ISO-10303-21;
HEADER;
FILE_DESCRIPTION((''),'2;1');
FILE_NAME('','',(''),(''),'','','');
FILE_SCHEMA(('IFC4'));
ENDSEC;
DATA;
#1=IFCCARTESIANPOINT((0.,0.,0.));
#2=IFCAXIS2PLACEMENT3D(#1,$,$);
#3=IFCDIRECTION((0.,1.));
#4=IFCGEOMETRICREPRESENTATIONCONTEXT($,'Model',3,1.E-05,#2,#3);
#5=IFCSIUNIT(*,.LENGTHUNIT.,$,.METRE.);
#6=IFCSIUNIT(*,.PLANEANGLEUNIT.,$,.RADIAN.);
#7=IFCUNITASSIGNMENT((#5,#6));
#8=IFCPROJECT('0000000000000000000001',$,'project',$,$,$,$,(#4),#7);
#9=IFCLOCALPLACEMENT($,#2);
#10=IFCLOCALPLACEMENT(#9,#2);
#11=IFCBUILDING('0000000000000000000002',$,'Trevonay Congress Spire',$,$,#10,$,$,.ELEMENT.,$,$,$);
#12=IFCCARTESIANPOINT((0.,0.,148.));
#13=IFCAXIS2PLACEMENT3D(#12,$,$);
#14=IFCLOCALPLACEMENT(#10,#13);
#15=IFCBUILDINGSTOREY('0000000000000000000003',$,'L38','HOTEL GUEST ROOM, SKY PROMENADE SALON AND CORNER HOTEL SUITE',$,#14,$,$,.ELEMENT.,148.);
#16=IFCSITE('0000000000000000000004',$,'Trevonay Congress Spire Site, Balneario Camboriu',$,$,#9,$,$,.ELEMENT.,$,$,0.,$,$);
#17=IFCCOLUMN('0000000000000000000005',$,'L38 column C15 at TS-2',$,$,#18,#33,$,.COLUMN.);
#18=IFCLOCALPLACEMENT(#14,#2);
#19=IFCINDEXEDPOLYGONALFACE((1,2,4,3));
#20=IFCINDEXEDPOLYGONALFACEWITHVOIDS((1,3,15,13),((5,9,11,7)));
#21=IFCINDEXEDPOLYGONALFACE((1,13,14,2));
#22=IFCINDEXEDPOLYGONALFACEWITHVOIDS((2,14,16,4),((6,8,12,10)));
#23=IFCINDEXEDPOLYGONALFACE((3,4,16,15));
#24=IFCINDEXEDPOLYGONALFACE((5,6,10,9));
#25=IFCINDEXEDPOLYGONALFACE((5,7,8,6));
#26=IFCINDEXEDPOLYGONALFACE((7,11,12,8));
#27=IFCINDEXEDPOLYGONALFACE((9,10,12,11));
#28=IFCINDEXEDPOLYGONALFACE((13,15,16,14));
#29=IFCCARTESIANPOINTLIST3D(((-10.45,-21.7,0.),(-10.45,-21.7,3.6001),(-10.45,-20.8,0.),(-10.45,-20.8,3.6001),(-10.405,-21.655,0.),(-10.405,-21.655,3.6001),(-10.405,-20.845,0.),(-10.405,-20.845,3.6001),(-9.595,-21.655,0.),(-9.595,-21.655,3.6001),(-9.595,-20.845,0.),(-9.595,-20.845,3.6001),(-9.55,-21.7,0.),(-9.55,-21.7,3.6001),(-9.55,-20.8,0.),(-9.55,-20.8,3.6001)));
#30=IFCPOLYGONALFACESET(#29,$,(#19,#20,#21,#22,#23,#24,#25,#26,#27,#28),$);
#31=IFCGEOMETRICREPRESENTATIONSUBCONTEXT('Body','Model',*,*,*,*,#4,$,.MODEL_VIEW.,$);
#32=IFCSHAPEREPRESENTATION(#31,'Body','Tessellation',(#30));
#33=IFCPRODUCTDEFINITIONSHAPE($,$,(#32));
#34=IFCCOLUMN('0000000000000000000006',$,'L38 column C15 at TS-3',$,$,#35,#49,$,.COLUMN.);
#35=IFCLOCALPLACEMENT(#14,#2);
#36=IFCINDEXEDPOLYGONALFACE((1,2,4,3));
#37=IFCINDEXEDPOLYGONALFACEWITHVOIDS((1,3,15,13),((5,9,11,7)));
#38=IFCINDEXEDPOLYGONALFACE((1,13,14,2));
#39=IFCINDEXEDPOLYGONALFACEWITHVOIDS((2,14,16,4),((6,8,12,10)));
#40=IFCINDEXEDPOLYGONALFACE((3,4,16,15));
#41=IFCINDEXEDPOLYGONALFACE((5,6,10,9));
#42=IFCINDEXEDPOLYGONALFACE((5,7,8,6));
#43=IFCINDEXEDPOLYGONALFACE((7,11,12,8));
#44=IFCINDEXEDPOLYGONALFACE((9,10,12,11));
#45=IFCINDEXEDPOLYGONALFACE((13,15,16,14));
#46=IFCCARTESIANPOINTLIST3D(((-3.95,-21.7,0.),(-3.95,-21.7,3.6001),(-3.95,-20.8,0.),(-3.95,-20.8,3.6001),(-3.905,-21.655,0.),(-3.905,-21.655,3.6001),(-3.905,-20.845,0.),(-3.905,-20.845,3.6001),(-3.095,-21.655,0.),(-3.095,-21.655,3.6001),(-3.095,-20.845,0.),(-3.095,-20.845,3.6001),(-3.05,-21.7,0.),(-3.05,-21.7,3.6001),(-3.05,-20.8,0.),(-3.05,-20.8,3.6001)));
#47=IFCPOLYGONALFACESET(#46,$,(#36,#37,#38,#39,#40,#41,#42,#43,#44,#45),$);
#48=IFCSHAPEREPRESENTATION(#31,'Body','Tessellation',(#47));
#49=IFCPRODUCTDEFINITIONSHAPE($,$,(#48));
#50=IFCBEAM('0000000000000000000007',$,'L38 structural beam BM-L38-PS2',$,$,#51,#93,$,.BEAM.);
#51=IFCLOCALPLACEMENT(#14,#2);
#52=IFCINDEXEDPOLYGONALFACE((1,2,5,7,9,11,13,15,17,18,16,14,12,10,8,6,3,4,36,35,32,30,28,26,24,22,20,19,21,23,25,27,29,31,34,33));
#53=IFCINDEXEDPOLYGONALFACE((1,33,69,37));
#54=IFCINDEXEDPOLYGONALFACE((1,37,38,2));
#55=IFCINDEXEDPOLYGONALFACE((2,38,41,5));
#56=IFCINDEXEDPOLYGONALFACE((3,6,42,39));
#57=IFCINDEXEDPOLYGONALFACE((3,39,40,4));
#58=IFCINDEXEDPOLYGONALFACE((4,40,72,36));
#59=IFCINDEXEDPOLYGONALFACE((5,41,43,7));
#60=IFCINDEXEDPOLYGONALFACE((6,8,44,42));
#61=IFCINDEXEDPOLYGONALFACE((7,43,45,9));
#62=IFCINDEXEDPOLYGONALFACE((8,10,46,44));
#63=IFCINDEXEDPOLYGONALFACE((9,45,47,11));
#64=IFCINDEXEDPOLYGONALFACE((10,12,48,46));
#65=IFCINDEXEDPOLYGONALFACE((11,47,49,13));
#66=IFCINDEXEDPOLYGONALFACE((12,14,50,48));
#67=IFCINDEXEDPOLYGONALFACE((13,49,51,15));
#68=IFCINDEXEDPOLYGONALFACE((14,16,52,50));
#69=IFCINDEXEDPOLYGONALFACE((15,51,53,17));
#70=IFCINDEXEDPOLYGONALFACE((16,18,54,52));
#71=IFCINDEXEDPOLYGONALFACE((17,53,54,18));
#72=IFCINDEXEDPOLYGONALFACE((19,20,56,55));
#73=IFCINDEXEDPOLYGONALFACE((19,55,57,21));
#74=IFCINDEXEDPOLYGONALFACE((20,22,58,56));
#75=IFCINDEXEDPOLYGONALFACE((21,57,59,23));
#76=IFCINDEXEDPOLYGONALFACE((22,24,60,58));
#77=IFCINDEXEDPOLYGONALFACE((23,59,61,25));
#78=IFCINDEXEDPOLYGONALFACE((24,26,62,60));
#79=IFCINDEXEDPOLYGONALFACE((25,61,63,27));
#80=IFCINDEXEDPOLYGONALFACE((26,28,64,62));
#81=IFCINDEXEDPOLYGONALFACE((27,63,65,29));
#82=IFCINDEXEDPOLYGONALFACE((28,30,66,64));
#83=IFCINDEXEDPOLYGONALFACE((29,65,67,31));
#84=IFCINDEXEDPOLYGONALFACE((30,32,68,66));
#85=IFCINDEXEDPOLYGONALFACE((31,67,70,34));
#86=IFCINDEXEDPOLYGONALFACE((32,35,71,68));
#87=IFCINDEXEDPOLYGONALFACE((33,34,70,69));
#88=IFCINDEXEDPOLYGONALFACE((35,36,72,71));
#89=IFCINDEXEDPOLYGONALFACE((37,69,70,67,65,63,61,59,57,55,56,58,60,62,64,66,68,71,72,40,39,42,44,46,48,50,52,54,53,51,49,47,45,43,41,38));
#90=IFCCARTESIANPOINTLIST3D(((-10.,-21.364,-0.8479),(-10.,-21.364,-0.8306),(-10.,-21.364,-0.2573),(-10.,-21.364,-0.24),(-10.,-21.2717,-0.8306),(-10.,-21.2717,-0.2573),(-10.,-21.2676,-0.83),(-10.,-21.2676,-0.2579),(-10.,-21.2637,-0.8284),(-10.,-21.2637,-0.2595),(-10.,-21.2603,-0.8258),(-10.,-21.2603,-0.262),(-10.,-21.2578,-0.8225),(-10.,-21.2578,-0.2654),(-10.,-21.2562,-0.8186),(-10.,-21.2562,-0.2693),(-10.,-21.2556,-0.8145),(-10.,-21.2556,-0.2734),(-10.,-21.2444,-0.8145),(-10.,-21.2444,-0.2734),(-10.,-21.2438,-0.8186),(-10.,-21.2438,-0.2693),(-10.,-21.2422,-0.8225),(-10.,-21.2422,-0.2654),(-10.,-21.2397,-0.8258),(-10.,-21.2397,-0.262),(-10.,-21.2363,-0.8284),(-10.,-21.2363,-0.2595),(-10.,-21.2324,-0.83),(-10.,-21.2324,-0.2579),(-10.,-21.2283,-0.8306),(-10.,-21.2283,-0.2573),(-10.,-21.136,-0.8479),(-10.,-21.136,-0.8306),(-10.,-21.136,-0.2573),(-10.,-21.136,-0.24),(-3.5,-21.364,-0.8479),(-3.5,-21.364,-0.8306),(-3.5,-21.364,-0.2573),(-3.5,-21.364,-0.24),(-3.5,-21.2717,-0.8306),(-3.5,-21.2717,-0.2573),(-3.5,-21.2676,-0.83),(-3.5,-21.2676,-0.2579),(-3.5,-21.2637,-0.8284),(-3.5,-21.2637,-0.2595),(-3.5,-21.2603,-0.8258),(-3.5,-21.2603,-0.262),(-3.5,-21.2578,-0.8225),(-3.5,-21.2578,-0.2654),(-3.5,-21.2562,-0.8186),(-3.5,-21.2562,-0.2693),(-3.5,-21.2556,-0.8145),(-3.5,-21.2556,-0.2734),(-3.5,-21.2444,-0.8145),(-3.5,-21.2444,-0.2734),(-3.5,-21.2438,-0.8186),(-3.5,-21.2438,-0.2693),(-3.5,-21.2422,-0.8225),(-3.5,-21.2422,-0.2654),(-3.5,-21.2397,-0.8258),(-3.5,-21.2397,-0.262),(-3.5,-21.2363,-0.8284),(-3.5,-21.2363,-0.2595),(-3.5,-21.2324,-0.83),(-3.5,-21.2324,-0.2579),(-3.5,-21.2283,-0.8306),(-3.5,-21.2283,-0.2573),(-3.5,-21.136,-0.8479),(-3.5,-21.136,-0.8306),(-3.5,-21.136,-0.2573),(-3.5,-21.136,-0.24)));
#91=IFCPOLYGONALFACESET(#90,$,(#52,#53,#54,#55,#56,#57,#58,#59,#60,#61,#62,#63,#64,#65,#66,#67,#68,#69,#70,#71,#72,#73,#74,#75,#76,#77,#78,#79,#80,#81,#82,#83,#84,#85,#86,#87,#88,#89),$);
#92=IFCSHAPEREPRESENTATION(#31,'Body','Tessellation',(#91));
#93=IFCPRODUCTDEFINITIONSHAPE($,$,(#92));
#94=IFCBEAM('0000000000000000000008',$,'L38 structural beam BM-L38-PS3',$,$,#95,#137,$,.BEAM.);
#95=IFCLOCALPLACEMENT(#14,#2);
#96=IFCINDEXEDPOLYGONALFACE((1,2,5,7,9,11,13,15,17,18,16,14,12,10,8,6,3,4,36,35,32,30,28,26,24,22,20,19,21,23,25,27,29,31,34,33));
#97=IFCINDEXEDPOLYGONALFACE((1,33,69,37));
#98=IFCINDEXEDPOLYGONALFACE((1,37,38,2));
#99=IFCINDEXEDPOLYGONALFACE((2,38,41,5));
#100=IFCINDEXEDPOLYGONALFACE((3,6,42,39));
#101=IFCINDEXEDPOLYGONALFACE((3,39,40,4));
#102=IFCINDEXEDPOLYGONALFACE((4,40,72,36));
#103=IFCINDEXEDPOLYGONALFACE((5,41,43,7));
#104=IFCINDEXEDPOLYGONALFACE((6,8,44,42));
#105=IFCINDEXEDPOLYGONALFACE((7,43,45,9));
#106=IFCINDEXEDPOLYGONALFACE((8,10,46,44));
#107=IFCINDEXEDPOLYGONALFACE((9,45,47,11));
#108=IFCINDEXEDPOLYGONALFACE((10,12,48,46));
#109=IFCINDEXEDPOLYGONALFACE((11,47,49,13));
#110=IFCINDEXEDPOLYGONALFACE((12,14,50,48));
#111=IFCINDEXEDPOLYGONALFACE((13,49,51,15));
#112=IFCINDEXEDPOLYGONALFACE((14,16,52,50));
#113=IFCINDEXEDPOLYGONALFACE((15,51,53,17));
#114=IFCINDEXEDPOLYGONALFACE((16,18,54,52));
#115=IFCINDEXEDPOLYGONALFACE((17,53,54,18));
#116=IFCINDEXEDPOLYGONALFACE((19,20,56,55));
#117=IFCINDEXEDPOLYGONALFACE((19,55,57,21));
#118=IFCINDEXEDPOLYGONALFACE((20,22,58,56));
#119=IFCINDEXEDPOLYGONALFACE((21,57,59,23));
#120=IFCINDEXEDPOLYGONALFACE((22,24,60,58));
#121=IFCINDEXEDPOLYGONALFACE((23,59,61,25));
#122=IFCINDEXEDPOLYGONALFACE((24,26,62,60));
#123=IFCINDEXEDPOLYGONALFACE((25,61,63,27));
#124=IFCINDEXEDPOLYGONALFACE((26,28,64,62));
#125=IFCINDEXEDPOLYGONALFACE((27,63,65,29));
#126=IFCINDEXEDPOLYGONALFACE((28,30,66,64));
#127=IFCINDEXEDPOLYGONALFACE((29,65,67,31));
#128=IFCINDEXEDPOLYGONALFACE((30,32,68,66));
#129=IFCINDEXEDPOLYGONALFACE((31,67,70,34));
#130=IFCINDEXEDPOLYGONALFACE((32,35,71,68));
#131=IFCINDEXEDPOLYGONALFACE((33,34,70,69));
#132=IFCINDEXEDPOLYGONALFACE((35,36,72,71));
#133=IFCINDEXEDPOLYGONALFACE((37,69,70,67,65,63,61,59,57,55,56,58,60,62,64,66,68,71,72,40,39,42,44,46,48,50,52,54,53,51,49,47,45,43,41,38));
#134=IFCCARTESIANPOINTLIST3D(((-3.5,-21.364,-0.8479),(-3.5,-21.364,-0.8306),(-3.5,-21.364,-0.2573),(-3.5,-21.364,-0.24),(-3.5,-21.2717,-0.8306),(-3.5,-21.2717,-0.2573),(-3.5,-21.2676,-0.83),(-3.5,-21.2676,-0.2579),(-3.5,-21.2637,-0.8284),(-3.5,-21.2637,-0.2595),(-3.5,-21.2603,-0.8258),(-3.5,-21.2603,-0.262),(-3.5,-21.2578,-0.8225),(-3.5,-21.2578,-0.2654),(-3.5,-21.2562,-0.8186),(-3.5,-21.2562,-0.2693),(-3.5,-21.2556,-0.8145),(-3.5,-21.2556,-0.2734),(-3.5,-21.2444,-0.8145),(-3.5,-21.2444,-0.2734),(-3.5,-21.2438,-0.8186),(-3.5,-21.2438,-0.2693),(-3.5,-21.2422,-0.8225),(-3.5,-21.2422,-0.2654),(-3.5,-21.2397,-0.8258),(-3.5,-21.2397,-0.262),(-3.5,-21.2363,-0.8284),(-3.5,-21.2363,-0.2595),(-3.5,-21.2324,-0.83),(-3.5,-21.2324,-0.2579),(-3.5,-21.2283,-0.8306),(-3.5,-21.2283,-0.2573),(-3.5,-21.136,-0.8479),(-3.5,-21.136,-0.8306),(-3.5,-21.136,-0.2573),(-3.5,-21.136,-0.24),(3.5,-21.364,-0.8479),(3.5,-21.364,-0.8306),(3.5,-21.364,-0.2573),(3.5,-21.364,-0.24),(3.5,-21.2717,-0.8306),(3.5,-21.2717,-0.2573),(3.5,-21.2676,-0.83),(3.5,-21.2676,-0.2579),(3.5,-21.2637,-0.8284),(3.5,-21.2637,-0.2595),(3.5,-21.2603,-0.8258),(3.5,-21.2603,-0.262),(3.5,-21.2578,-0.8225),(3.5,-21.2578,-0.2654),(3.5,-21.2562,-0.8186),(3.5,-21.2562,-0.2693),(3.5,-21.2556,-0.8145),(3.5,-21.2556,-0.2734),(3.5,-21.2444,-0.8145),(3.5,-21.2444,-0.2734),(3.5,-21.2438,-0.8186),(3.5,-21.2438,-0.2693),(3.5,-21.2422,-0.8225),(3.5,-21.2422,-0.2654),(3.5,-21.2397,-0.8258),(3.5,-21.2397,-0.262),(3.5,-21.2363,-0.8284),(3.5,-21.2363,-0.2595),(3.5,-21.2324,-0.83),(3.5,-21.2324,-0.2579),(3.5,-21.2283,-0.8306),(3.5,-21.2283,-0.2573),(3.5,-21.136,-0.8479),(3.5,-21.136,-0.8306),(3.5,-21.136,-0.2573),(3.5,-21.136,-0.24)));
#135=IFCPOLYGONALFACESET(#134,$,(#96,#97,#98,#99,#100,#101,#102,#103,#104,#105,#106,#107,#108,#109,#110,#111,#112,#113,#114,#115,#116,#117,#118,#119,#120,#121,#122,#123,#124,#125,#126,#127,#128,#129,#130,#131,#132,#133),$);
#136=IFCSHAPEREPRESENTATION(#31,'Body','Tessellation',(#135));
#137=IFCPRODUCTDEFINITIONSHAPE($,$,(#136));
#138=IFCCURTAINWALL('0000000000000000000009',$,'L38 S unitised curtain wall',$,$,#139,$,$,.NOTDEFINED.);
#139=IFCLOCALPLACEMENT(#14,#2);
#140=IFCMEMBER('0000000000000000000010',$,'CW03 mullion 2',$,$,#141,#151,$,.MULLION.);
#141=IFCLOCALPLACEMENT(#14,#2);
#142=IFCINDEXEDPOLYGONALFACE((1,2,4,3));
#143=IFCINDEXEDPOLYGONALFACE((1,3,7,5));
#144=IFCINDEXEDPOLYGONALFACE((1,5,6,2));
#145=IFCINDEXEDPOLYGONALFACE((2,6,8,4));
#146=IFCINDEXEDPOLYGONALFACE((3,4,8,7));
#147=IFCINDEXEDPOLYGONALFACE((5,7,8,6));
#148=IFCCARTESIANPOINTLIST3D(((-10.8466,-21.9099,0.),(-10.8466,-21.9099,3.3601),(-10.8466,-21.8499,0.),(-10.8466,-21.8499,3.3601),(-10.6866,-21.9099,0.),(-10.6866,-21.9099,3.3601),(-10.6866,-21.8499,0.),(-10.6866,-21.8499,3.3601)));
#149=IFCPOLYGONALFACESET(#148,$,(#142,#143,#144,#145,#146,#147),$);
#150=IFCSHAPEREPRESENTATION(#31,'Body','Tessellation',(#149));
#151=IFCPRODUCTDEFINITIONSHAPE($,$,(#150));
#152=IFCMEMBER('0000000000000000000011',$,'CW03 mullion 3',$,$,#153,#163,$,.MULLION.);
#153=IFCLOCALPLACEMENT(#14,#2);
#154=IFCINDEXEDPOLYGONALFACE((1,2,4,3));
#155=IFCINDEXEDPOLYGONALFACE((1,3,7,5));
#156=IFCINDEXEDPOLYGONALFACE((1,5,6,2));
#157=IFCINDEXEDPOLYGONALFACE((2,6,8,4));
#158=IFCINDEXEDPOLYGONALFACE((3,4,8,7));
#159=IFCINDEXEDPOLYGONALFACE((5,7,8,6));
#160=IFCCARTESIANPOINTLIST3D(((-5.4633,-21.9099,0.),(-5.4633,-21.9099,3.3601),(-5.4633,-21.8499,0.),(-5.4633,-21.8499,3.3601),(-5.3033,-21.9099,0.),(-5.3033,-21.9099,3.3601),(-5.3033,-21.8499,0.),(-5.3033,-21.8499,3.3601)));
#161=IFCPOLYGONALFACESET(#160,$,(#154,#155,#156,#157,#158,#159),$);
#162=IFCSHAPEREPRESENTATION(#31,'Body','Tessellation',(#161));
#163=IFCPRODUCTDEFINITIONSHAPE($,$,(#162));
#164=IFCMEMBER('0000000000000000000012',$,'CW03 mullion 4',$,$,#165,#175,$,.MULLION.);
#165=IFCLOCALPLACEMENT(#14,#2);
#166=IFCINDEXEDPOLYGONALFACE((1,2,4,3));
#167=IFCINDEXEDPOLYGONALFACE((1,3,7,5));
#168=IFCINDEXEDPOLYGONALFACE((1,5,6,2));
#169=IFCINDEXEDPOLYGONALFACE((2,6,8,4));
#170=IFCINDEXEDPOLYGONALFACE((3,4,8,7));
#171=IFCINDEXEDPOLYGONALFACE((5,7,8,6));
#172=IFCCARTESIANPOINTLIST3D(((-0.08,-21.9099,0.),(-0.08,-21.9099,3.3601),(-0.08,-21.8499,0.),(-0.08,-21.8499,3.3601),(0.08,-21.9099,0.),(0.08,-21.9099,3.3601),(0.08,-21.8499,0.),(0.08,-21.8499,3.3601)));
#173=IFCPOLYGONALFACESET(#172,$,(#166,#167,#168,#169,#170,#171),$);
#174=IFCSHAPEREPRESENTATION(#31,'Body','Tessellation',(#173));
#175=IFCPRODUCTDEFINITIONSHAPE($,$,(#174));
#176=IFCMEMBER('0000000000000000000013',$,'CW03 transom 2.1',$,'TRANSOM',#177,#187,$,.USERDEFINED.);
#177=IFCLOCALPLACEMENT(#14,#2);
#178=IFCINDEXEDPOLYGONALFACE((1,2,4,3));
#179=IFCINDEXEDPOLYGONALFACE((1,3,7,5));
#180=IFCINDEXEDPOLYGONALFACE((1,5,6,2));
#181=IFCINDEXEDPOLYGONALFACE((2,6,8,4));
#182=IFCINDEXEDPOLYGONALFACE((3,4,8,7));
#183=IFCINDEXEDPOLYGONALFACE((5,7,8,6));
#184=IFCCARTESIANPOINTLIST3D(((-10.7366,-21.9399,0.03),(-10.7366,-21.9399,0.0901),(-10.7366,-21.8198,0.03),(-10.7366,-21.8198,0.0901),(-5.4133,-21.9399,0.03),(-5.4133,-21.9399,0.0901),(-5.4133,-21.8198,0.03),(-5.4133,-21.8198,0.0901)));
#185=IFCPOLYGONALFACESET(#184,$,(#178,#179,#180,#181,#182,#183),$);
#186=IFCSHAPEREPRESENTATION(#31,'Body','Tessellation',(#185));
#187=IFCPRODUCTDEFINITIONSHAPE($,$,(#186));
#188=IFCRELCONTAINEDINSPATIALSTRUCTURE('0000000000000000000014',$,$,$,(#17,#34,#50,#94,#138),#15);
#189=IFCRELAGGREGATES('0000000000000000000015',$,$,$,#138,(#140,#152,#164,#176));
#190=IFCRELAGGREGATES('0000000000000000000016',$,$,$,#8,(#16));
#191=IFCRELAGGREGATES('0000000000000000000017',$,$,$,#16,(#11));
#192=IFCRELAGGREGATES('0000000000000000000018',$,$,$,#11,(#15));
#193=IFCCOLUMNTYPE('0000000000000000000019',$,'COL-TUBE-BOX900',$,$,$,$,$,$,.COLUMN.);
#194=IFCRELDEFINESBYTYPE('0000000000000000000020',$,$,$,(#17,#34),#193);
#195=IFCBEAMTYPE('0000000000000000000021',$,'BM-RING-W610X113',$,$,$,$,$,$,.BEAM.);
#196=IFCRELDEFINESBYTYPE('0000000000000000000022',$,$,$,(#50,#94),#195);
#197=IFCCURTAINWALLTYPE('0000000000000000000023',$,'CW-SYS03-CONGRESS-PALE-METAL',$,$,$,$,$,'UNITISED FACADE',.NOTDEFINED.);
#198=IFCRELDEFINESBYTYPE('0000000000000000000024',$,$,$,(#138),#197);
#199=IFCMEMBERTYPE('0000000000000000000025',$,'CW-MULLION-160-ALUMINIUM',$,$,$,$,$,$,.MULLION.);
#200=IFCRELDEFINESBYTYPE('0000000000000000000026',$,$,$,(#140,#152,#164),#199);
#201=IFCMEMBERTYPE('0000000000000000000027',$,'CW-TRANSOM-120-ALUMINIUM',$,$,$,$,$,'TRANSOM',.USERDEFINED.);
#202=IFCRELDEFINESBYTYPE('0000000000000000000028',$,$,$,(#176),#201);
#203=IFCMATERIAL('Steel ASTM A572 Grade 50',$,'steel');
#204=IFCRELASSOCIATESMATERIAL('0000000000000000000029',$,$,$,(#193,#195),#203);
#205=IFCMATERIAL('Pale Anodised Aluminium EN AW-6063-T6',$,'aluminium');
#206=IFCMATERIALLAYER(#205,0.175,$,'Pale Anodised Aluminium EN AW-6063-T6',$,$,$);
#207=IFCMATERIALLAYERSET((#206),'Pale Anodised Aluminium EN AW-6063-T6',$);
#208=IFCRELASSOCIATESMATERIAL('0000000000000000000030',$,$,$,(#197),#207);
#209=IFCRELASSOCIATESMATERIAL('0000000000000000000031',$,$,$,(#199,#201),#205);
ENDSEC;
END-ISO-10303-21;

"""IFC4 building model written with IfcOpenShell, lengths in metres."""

from ifc_helpers import new_model, si_unit, direction, frame, origin, origin_2d, place, context, subcontext, project, spatial, rectangle, hollow_rectangle, i_section, extrude, material, layer, layer_set, material_profile, profile_set, type_object, element, aggregate, save


model = new_model("IFC4")

# Units and contexts
model_context = context("Model", 3, precision=1e-05, world=origin(), true_north=direction((0.0, 1.0)))
body_context = subcontext(model_context, "Body", "Model", "MODEL_VIEW")
ifc_project = project(units=[si_unit("LENGTHUNIT", "METRE"), si_unit("PLANEANGLEUNIT", "RADIAN")], contexts=[model_context])

# Site, building, storey
site_placement = place(None, origin())
site = spatial("IfcSite", under=ifc_project, at=site_placement, Name="Trevonay Congress Spire Site, Balneario Camboriu", CompositionType="ELEMENT", RefElevation=0.0)
building_placement = place(site_placement, origin())
building = spatial("IfcBuilding", under=site, at=building_placement, Name="Trevonay Congress Spire", CompositionType="ELEMENT")
storey_placement = place(building_placement, frame((0.0, 0.0, 148.0)))
storey = spatial("IfcBuildingStorey", under=building, at=storey_placement, Name="L38", Description="HOTEL GUEST ROOM, SKY PROMENADE SALON AND CORNER HOTEL SUITE", CompositionType="ELEMENT", Elevation=148.0)

# Columns
ifc_material_1 = material(Name="Steel ASTM A572 Grade 50", Category="steel")
ifc_material_profile_1 = material_profile(ifc_material_1, hollow_rectangle(XDim=0.8999, YDim=0.8999, WallThickness=0.0449, at=origin_2d()), Name="BOX 900x900x45")
ifc_profile_set_1 = profile_set([ifc_material_profile_1], Name="Steel ASTM A572 Grade 50")
column_type = type_object("IfcColumnType", Name="COL-TUBE-BOX900", PredefinedType="COLUMN", material=ifc_profile_set_1)
for number, where, z_axis, x_axis, name in (
    (1, (-10.0, -21.25, 0.0), (0.0, 0.0, 1.0), (1.0, 0.0, 0.0), "L38 column C15 at TS-2"),
    (2, (-3.5, -21.25, 0.0), (0.0, 0.0, 1.0), (1.0, 0.0, 0.0), "L38 column C15 at TS-3"),
):
    element("IfcColumn", number, at=place(storey_placement, frame(where, z_axis=z_axis, x_axis=x_axis)), inside=storey, type_object=column_type, Name=name, PredefinedType="COLUMN", context=body_context, shape_type="SweptSolid", body=[
        extrude(hollow_rectangle(XDim=0.8999, YDim=0.8999, WallThickness=0.0449, at=origin_2d()), origin(), (0.0, 0.0, 1.0), 3.6001),
    ])

# Beams
ifc_material_profile_2 = material_profile(ifc_material_1, i_section(OverallWidth=0.228, OverallDepth=0.6079, WebThickness=0.0112, FlangeThickness=0.0173, FilletRadius=0.0161, at=origin_2d()), Name="W610x113")
ifc_profile_set_2 = profile_set([ifc_material_profile_2], Name="Steel ASTM A572 Grade 50")
beam_type = type_object("IfcBeamType", Name="BM-RING-W610X113", PredefinedType="BEAM", material=ifc_profile_set_2)
beam_1_placement = place(storey_placement, frame((-10.0, -21.25, -0.5439), z_axis=(1.0, 0.0, 0.0), x_axis=(0.0, 1.0, 0.0)))
element("IfcBeam", 3, at=beam_1_placement, inside=storey, type_object=beam_type, Name="L38 structural beam BM-L38-PS2", PredefinedType="BEAM", context=body_context, shape_type="SweptSolid", body=[
    extrude(i_section(OverallWidth=0.228, OverallDepth=0.6079, WebThickness=0.0112, FlangeThickness=0.0173, FilletRadius=0.0161, at=origin_2d()), origin(), (0.0, 0.0, 1.0), 6.5),
])
beam_2_placement = place(storey_placement, frame((-3.5, -21.25, -0.5439), z_axis=(1.0, 0.0, 0.0), x_axis=(0.0, 1.0, 0.0)))
element("IfcBeam", 4, at=beam_2_placement, inside=storey, type_object=beam_type, Name="L38 structural beam BM-L38-PS3", PredefinedType="BEAM", context=body_context, shape_type="SweptSolid", body=[
    extrude(i_section(OverallWidth=0.228, OverallDepth=0.6079, WebThickness=0.0112, FlangeThickness=0.0173, FilletRadius=0.0161, at=origin_2d()), origin(), (0.0, 0.0, 1.0), 7.0),
])

# Curtain wall, members
ifc_material_2 = material(Name="Pale Anodised Aluminium EN AW-6063-T6", Category="aluminium")
ifc_layer_1 = layer(ifc_material_2, 0.175, Name="Pale Anodised Aluminium EN AW-6063-T6")
ifc_layer_set_1 = layer_set([ifc_layer_1], Name="Pale Anodised Aluminium EN AW-6063-T6")
curtain_wall_type = type_object("IfcCurtainWallType", Name="CW-SYS03-CONGRESS-PALE-METAL", ElementType="UNITISED FACADE", PredefinedType="NOTDEFINED", material=ifc_layer_set_1)
curtain_wall_placement = place(storey_placement, origin())
curtain_wall = element("IfcCurtainWall", 5, at=curtain_wall_placement, inside=storey, type_object=curtain_wall_type, Name="L38 S unitised curtain wall", PredefinedType="NOTDEFINED")
ifc_material_profile_3 = material_profile(ifc_material_2, rectangle(XDim=0.0601, YDim=0.1599, at=origin_2d()), Name="CW-MULLION-160-ALUMINIUM")
ifc_profile_set_3 = profile_set([ifc_material_profile_3], Name="Pale Anodised Aluminium EN AW-6063-T6")
member_type_1 = type_object("IfcMemberType", Name="CW-MULLION-160-ALUMINIUM", PredefinedType="MULLION", material=ifc_profile_set_3)
member_1_placement = place(storey_placement, frame((-10.7666, -21.8799, 0.0), z_axis=(0.0, 0.0, 1.0), x_axis=(0.0, 1.0, 0.0)))
member_1 = element("IfcMember", 6, at=member_1_placement, type_object=member_type_1, Name="CW03 mullion 2", PredefinedType="MULLION", context=body_context, shape_type="SweptSolid", body=[
    extrude(rectangle(XDim=0.0601, YDim=0.1599, at=origin_2d()), origin(), (0.0, 0.0, 1.0), 3.3601),
])
member_2_placement = place(storey_placement, frame((-5.3833, -21.8799, 0.0), z_axis=(0.0, 0.0, 1.0), x_axis=(0.0, 1.0, 0.0)))
member_2 = element("IfcMember", 7, at=member_2_placement, type_object=member_type_1, Name="CW03 mullion 3", PredefinedType="MULLION", context=body_context, shape_type="SweptSolid", body=[
    extrude(rectangle(XDim=0.0601, YDim=0.1599, at=origin_2d()), origin(), (0.0, 0.0, 1.0), 3.3601),
])
member_3_placement = place(storey_placement, frame((0.0, -21.8799, 0.0), z_axis=(0.0, 0.0, 1.0), x_axis=(0.0, 1.0, 0.0)))
member_3 = element("IfcMember", 8, at=member_3_placement, type_object=member_type_1, Name="CW03 mullion 4", PredefinedType="MULLION", context=body_context, shape_type="SweptSolid", body=[
    extrude(rectangle(XDim=0.0601, YDim=0.1599, at=origin_2d()), origin(), (0.0, 0.0, 1.0), 3.3601),
])
ifc_material_profile_4 = material_profile(ifc_material_2, rectangle(XDim=0.1201, YDim=0.0601, at=origin_2d()), Name="CW-TRANSOM-120-ALUMINIUM")
ifc_profile_set_4 = profile_set([ifc_material_profile_4], Name="Pale Anodised Aluminium EN AW-6063-T6")
member_type_2 = type_object("IfcMemberType", Name="CW-TRANSOM-120-ALUMINIUM", ElementType="TRANSOM", PredefinedType="USERDEFINED", material=ifc_profile_set_4)
member_4_placement = place(storey_placement, frame((-10.7366, -21.8799, 0.0601), z_axis=(1.0, 0.0, 0.0), x_axis=(0.0, 1.0, 0.0)))
member_4 = element("IfcMember", 9, at=member_4_placement, type_object=member_type_2, Name="CW03 transom 2.1", ObjectType="TRANSOM", PredefinedType="USERDEFINED", context=body_context, shape_type="SweptSolid", body=[
    extrude(rectangle(XDim=0.1201, YDim=0.0601, at=origin_2d()), origin(), (0.0, 0.0, 1.0), 5.3232),
])
aggregate(curtain_wall, [member_1, member_2, member_3, member_4])

save(model, "model.ifc")
